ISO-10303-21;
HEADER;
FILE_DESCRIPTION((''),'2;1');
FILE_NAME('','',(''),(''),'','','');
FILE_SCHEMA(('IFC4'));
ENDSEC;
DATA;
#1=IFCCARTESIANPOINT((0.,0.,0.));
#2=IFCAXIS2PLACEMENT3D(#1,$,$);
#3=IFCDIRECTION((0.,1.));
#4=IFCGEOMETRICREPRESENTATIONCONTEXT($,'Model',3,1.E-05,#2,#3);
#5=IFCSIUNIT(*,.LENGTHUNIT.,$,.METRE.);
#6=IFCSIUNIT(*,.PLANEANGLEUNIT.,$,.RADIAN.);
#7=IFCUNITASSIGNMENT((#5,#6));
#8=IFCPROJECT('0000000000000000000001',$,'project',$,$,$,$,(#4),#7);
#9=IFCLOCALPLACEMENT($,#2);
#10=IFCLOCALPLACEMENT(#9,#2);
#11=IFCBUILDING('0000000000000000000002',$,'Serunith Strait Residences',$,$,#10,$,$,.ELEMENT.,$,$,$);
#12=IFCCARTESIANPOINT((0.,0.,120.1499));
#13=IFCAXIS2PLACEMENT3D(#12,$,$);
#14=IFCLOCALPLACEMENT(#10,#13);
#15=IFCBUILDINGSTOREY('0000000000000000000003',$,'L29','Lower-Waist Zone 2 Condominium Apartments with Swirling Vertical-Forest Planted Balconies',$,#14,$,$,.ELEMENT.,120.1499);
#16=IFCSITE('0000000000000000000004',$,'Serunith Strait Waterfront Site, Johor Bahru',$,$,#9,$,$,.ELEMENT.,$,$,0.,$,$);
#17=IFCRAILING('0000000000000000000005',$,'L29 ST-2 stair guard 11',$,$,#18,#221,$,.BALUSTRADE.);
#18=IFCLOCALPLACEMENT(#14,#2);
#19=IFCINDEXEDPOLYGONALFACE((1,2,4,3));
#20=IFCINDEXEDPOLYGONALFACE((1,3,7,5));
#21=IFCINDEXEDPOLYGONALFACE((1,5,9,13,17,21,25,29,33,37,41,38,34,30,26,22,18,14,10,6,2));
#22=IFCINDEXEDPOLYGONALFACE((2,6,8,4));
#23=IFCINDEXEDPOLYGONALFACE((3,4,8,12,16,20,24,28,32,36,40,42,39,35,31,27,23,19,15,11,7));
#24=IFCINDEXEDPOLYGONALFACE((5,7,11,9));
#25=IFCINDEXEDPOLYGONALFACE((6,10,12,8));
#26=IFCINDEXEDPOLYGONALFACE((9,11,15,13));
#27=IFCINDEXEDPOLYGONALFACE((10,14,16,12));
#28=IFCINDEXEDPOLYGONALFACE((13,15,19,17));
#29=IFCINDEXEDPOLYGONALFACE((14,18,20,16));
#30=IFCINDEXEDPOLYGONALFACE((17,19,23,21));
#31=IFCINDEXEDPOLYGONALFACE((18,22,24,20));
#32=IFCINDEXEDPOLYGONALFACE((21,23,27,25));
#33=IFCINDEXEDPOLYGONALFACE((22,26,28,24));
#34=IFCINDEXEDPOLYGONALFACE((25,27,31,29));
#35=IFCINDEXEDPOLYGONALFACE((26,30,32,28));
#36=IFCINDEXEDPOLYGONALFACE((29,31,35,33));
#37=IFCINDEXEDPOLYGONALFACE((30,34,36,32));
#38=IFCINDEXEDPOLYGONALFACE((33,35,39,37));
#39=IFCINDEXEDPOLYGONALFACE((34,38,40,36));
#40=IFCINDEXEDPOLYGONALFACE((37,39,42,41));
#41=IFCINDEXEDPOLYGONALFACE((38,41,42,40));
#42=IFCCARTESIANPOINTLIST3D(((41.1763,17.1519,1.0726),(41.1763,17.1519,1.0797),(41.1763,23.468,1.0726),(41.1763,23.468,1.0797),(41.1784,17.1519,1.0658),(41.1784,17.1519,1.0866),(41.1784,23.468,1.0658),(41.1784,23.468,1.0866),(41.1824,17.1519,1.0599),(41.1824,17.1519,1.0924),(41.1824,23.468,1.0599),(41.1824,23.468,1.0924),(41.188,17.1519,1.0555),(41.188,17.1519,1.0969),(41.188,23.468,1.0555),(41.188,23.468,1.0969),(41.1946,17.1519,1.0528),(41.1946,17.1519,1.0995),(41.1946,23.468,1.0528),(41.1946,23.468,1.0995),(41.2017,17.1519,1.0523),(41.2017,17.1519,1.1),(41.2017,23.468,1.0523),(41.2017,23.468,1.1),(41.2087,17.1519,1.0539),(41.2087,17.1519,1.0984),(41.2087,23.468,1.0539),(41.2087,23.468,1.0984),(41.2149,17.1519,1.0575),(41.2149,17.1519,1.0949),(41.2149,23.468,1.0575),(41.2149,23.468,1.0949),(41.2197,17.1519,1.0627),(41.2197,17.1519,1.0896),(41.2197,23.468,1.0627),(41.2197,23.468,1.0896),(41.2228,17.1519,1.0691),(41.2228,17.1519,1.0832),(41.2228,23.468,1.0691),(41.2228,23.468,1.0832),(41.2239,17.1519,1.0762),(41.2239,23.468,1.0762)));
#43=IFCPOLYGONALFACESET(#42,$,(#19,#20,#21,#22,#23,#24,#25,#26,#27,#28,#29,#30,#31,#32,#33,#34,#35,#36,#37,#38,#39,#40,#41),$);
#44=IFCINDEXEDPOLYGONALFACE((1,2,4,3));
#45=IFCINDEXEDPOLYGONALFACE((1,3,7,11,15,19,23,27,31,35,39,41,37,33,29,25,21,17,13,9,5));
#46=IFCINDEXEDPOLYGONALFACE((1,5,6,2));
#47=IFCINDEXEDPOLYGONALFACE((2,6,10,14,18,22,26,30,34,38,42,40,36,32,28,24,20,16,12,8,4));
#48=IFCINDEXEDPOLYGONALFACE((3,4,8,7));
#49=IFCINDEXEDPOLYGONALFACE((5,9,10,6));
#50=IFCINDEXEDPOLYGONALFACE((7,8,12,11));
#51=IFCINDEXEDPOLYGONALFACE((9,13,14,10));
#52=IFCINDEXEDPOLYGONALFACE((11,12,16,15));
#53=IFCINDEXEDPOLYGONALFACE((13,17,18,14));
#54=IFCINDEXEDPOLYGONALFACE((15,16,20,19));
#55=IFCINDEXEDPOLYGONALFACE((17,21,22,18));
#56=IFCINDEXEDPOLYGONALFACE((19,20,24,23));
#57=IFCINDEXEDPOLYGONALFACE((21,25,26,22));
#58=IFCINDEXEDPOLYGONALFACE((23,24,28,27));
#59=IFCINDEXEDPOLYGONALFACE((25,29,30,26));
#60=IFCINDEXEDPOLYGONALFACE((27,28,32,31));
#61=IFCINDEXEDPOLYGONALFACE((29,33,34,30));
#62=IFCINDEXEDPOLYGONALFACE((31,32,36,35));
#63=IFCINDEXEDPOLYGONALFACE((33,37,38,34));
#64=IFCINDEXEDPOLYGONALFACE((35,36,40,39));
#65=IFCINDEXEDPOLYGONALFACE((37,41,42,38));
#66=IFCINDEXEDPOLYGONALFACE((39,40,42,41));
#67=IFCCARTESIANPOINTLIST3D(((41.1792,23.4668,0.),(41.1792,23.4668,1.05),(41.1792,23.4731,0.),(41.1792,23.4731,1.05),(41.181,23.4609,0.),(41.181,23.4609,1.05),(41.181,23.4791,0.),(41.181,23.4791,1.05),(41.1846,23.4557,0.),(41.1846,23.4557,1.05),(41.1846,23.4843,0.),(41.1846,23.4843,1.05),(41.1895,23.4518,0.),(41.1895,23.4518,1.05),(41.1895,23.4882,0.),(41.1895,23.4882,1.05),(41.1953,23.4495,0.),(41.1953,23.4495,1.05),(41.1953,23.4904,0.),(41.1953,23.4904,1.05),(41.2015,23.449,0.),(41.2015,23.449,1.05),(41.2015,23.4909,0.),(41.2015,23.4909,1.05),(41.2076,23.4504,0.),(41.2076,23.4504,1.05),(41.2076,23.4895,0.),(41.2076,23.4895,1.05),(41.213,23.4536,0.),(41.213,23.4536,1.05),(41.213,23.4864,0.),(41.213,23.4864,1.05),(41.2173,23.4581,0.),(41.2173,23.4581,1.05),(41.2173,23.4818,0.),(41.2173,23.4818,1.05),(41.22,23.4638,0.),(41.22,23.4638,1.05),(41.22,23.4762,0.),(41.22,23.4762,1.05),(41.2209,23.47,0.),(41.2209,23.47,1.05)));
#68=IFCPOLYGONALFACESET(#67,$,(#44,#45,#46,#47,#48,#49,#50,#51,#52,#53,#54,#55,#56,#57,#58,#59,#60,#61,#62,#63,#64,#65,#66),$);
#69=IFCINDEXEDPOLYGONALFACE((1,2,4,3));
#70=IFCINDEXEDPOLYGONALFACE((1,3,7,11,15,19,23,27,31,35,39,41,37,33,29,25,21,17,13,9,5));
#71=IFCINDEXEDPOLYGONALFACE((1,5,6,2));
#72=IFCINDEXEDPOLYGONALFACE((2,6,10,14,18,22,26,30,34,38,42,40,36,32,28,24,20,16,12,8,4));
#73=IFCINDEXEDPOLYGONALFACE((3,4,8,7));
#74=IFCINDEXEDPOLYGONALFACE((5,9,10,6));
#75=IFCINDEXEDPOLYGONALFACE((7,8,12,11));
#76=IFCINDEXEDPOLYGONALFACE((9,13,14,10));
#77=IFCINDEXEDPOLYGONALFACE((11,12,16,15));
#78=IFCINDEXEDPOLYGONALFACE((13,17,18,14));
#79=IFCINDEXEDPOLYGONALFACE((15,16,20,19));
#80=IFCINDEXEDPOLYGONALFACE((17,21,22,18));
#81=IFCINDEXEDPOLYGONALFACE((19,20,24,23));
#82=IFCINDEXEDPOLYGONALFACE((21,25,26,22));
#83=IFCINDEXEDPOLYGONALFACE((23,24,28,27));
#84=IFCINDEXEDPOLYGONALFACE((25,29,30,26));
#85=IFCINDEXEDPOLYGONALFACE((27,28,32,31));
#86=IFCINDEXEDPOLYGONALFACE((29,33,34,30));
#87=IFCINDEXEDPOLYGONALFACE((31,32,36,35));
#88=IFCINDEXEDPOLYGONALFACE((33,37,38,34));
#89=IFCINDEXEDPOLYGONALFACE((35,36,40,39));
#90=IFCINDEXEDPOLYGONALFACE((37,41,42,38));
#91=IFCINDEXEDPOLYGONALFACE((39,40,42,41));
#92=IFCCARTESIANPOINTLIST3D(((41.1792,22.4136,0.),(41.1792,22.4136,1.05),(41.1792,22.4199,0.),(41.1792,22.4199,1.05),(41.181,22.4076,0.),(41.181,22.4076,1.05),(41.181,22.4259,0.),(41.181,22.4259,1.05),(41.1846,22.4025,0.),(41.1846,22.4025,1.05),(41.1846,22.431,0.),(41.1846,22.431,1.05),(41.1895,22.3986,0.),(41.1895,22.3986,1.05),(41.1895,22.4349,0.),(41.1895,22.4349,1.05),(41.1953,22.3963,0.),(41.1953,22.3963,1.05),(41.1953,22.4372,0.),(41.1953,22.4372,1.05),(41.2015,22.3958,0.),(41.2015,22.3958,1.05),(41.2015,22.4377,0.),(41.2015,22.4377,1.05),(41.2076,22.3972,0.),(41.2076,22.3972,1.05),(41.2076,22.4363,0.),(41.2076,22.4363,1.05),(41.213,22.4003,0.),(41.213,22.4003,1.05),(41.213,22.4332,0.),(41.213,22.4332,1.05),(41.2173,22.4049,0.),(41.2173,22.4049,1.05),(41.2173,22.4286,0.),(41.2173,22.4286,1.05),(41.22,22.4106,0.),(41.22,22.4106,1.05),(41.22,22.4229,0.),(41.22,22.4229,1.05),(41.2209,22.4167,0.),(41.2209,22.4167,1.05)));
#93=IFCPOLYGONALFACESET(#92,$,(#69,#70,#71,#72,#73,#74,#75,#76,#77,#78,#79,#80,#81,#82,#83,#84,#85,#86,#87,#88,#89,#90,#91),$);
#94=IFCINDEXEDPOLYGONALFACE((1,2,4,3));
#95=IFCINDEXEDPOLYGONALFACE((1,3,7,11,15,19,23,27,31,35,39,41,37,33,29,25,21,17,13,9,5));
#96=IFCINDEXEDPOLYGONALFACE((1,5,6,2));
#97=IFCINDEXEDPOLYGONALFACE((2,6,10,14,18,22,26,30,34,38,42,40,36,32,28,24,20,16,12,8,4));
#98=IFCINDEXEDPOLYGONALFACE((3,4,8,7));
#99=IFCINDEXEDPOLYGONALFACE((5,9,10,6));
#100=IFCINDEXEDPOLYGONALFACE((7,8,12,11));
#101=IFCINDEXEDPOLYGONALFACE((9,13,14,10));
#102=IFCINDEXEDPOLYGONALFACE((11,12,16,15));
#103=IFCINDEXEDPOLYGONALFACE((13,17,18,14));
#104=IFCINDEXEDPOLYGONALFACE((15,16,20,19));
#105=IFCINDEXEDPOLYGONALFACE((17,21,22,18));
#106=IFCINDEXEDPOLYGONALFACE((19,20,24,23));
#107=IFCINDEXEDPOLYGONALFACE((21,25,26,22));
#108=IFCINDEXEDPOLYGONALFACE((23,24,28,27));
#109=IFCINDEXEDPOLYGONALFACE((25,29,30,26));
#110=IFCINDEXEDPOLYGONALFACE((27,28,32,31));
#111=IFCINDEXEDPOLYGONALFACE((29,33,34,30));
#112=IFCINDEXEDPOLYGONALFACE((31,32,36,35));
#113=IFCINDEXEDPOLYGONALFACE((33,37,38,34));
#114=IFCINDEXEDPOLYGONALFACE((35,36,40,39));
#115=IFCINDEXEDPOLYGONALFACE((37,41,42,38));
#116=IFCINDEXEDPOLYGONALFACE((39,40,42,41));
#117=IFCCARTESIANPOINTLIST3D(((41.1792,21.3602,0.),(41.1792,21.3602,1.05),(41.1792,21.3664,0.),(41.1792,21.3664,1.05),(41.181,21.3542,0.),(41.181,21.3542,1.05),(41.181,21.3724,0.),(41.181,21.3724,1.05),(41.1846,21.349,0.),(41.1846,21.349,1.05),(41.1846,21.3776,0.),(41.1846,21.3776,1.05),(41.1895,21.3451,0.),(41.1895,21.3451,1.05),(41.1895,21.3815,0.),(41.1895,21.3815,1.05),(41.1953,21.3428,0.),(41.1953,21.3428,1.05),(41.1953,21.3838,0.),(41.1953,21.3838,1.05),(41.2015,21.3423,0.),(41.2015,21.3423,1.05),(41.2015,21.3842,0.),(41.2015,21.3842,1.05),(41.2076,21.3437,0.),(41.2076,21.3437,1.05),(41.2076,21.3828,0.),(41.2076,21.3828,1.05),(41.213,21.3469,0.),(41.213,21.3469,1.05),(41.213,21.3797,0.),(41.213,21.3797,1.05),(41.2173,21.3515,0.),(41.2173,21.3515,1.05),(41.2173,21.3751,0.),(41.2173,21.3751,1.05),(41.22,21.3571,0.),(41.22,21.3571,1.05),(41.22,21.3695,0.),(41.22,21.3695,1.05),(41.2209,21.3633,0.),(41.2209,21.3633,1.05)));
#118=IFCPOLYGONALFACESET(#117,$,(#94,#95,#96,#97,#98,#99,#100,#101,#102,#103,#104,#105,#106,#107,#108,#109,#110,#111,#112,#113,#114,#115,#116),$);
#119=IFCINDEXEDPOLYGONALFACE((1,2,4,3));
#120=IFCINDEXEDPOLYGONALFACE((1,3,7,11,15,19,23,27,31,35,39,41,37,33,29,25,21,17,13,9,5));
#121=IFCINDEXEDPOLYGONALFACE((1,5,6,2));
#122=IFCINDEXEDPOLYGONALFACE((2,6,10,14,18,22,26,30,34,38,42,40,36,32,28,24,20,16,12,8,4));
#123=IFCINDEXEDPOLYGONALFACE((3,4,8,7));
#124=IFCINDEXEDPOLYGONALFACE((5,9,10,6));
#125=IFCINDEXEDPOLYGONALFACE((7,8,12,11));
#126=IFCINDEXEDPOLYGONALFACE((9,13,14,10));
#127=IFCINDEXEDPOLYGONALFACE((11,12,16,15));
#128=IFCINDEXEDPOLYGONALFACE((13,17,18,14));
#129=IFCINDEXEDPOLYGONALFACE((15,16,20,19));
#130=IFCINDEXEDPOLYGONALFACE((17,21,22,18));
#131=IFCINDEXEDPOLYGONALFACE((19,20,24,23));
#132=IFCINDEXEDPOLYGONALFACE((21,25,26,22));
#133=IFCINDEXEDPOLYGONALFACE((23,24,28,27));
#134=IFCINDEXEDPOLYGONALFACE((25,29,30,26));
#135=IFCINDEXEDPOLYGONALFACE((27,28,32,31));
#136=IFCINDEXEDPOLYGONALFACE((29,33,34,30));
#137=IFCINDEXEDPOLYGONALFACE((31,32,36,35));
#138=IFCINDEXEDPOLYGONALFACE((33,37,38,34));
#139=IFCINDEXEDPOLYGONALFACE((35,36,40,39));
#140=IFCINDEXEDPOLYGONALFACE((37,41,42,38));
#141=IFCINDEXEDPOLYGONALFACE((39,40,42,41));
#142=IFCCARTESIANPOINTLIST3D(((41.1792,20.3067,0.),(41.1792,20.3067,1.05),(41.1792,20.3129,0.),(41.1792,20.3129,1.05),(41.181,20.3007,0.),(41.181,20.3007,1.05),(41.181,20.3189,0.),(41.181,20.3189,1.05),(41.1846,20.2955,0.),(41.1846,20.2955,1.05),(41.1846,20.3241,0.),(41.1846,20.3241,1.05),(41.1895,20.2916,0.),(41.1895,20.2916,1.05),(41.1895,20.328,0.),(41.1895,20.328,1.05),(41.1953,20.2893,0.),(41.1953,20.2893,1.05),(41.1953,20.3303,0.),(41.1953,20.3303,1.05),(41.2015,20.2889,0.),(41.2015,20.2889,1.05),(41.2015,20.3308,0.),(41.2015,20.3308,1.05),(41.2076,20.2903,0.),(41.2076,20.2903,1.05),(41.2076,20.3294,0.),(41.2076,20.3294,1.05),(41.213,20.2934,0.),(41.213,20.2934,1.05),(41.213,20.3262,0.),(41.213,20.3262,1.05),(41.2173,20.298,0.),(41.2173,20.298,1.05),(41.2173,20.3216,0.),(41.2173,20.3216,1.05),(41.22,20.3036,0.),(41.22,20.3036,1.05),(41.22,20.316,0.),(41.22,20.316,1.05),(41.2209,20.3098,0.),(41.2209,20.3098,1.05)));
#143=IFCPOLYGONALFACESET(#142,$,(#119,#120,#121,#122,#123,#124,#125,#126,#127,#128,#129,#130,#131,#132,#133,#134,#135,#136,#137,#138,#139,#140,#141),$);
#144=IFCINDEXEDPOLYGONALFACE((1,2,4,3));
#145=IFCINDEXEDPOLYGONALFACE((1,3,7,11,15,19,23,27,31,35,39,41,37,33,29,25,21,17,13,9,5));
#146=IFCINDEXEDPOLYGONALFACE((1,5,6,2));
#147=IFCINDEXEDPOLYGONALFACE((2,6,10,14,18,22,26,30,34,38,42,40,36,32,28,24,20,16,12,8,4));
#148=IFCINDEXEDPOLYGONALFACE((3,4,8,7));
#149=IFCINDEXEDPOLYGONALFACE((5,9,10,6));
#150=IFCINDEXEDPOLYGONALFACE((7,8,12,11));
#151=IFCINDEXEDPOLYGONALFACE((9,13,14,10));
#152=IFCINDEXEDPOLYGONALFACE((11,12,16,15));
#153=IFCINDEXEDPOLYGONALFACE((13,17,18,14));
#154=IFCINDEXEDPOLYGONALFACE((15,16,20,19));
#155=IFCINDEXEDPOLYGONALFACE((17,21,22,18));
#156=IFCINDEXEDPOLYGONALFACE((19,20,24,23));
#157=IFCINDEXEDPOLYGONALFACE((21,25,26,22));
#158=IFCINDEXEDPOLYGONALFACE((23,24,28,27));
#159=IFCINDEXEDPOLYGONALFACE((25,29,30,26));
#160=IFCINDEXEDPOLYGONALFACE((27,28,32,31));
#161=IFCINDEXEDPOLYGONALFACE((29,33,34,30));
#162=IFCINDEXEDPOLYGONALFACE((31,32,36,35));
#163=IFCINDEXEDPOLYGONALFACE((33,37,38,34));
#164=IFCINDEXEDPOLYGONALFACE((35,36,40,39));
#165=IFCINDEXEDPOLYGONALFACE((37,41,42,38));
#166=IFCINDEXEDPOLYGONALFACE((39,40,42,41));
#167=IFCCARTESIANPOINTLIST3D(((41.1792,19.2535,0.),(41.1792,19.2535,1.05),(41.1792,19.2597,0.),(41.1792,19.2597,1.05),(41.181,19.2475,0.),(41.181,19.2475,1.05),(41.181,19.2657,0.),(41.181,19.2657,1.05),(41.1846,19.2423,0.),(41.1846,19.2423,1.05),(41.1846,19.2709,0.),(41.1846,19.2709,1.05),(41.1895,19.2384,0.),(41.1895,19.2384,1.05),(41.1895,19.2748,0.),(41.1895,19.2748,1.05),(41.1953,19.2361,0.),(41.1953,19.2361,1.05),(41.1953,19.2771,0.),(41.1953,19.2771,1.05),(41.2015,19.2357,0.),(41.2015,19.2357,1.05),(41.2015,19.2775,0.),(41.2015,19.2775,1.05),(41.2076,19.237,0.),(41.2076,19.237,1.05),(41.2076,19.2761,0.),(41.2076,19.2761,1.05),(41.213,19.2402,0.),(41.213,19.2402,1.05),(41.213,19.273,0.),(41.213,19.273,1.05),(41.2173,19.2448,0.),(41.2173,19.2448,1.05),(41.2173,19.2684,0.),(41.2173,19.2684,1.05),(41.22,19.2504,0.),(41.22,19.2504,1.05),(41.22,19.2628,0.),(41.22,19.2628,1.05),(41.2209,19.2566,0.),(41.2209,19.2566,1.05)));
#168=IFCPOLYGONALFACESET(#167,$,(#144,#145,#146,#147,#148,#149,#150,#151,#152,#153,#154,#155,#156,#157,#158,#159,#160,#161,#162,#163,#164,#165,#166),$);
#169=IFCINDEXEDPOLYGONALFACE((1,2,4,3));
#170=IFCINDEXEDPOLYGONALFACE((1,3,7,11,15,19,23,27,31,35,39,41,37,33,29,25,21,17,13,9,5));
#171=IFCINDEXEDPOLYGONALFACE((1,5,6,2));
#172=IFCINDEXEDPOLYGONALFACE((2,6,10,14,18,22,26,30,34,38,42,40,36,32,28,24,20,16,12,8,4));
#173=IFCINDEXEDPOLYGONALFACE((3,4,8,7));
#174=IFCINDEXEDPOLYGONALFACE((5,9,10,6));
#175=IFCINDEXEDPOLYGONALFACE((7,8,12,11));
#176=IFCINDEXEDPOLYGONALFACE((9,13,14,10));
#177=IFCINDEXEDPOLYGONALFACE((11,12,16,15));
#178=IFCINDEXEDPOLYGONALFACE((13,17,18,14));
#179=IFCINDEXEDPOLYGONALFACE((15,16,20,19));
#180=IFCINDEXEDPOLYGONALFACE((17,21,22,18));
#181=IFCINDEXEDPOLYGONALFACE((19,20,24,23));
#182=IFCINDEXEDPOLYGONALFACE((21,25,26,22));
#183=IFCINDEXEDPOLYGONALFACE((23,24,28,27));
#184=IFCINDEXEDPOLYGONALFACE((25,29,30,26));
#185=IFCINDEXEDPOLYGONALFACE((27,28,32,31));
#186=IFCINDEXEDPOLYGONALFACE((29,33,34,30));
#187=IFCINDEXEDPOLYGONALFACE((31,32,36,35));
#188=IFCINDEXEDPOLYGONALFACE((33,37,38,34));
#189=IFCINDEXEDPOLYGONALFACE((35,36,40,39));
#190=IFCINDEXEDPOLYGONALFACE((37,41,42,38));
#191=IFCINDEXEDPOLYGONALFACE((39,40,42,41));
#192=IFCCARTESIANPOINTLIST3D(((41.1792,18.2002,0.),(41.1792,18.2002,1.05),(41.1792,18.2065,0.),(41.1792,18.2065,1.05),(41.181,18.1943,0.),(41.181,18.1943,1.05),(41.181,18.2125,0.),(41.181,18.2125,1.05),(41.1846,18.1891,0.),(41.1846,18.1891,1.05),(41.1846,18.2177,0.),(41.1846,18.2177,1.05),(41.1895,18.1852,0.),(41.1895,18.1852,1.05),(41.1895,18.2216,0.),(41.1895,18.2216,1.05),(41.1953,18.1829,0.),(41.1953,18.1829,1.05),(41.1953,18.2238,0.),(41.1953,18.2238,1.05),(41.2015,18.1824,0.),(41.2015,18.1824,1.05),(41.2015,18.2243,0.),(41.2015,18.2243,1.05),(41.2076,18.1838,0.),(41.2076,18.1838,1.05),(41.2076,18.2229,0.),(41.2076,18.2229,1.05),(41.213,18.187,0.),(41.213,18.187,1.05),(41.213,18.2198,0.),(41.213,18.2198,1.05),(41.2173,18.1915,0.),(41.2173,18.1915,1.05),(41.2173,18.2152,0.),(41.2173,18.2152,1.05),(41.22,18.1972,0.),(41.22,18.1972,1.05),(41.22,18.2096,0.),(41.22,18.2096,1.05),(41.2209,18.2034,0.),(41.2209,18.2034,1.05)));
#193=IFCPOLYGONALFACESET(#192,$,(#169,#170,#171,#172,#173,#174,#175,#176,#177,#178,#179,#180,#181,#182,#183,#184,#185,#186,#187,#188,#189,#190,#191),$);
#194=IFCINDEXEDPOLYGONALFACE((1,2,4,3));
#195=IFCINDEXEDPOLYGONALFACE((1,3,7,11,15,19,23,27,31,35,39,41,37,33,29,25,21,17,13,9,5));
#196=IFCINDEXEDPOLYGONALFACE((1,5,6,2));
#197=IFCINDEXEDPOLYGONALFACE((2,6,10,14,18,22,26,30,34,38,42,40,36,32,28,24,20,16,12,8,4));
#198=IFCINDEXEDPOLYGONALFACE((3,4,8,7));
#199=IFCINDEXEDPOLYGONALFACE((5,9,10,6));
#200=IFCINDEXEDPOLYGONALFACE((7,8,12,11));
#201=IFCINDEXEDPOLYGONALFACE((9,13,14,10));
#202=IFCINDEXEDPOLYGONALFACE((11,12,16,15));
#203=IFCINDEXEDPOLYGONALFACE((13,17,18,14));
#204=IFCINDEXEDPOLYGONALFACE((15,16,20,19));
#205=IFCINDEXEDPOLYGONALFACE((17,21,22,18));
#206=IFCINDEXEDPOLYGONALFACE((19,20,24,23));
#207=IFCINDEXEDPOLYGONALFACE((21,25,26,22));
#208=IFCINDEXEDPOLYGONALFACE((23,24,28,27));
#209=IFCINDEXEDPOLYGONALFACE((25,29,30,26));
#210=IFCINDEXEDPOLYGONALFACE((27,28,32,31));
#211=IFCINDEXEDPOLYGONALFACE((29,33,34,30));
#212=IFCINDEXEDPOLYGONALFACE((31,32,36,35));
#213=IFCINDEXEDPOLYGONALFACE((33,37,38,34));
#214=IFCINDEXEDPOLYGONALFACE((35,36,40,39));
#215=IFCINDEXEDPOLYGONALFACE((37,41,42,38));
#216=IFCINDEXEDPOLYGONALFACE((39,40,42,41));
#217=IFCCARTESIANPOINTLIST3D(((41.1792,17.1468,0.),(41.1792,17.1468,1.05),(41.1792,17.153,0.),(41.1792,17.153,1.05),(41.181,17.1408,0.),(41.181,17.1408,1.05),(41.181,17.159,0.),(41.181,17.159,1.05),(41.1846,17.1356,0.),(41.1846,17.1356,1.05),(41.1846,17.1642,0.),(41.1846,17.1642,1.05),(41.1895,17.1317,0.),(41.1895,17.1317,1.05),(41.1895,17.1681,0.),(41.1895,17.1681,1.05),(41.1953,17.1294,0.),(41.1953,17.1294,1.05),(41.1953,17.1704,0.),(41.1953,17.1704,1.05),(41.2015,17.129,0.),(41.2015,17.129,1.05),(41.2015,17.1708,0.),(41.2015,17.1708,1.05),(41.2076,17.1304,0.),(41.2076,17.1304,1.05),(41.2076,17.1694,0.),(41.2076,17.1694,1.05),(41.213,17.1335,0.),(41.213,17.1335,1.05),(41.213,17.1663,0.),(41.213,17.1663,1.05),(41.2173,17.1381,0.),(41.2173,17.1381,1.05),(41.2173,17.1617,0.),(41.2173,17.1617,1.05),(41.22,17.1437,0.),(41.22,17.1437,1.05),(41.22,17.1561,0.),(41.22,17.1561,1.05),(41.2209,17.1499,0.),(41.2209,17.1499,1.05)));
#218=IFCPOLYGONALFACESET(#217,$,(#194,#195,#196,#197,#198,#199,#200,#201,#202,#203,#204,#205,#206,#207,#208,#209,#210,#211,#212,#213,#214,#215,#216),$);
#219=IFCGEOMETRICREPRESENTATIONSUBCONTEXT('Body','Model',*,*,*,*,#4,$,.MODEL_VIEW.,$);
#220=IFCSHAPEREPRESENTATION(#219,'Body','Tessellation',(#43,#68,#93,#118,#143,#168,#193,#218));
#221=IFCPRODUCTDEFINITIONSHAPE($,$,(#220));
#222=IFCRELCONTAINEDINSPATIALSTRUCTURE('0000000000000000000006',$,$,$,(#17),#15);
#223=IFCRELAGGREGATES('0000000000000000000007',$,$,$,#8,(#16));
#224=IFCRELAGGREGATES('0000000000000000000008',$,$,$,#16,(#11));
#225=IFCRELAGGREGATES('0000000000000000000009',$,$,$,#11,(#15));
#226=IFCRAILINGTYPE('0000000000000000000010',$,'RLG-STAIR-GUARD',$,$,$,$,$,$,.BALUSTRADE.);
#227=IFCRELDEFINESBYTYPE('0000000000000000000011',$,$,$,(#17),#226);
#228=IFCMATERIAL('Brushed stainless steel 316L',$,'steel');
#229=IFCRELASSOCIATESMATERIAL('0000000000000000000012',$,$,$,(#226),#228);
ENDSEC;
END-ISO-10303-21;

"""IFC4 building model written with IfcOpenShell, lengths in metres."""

from ifc_helpers import new_model, si_unit, direction, frame, origin, origin_2d, place, context, subcontext, project, spatial, circle, extrude, material, type_object, element, save


model = new_model("IFC4")

# Units and contexts
model_context = context("Model", 3, precision=1e-05, world=origin(), true_north=direction((0.0, 1.0)))
body_context = subcontext(model_context, "Body", "Model", "MODEL_VIEW")
ifc_project = project(units=[si_unit("LENGTHUNIT", "METRE"), si_unit("PLANEANGLEUNIT", "RADIAN")], contexts=[model_context])

# Site, building, storey
site_placement = place(None, origin())
site = spatial("IfcSite", under=ifc_project, at=site_placement, Name="Serunith Strait Waterfront Site, Johor Bahru", CompositionType="ELEMENT", RefElevation=0.0)
building_placement = place(site_placement, origin())
building = spatial("IfcBuilding", under=site, at=building_placement, Name="Serunith Strait Residences", CompositionType="ELEMENT")
storey_placement = place(building_placement, frame((0.0, 0.0, 120.1499)))
storey = spatial("IfcBuildingStorey", under=building, at=storey_placement, Name="L29", Description="Lower-Waist Zone 2 Condominium Apartments with Swirling Vertical-Forest Planted Balconies", CompositionType="ELEMENT", Elevation=120.1499)

# Railing
ifc_material_1 = material(Name="Brushed stainless steel 316L", Category="steel")
railing_type = type_object("IfcRailingType", Name="RLG-STAIR-GUARD", PredefinedType="BALUSTRADE", material=ifc_material_1)
railing_placement = place(storey_placement, frame((41.2, 23.47, 0.0)))
element("IfcRailing", 1, at=railing_placement, inside=storey, type_object=railing_type, Name="L29 ST-2 stair guard 11", PredefinedType="BALUSTRADE", context=body_context, shape_type="SweptSolid", body=[
    extrude(circle(Radius=0.0239, at=origin_2d()), frame((0.0, -0.002, 1.0762), z_axis=(0.0, -1.0, 0.0), x_axis=(1.0, 0.0, 0.0)), (0.0, 0.0, 1.0), 6.3162),
    extrude(circle(Radius=0.021, at=origin_2d()), origin(), (0.0, 0.0, 1.0), 1.05),
    extrude(circle(Radius=0.021, at=origin_2d()), frame((0.0, -1.0532, 0.0)), (0.0, 0.0, 1.0), 1.05),
    extrude(circle(Radius=0.021, at=origin_2d()), frame((0.0, -2.1067, 0.0)), (0.0, 0.0, 1.0), 1.05),
    extrude(circle(Radius=0.021, at=origin_2d()), frame((0.0, -3.1602, 0.0)), (0.0, 0.0, 1.0), 1.05),
    extrude(circle(Radius=0.021, at=origin_2d()), frame((0.0, -4.2134, 0.0)), (0.0, 0.0, 1.0), 1.05),
    extrude(circle(Radius=0.021, at=origin_2d()), frame((0.0, -5.2666, 0.0)), (0.0, 0.0, 1.0), 1.05),
    extrude(circle(Radius=0.021, at=origin_2d()), frame((0.0, -6.3201, 0.0)), (0.0, 0.0, 1.0), 1.05),
])

save(model, "model.ifc")
